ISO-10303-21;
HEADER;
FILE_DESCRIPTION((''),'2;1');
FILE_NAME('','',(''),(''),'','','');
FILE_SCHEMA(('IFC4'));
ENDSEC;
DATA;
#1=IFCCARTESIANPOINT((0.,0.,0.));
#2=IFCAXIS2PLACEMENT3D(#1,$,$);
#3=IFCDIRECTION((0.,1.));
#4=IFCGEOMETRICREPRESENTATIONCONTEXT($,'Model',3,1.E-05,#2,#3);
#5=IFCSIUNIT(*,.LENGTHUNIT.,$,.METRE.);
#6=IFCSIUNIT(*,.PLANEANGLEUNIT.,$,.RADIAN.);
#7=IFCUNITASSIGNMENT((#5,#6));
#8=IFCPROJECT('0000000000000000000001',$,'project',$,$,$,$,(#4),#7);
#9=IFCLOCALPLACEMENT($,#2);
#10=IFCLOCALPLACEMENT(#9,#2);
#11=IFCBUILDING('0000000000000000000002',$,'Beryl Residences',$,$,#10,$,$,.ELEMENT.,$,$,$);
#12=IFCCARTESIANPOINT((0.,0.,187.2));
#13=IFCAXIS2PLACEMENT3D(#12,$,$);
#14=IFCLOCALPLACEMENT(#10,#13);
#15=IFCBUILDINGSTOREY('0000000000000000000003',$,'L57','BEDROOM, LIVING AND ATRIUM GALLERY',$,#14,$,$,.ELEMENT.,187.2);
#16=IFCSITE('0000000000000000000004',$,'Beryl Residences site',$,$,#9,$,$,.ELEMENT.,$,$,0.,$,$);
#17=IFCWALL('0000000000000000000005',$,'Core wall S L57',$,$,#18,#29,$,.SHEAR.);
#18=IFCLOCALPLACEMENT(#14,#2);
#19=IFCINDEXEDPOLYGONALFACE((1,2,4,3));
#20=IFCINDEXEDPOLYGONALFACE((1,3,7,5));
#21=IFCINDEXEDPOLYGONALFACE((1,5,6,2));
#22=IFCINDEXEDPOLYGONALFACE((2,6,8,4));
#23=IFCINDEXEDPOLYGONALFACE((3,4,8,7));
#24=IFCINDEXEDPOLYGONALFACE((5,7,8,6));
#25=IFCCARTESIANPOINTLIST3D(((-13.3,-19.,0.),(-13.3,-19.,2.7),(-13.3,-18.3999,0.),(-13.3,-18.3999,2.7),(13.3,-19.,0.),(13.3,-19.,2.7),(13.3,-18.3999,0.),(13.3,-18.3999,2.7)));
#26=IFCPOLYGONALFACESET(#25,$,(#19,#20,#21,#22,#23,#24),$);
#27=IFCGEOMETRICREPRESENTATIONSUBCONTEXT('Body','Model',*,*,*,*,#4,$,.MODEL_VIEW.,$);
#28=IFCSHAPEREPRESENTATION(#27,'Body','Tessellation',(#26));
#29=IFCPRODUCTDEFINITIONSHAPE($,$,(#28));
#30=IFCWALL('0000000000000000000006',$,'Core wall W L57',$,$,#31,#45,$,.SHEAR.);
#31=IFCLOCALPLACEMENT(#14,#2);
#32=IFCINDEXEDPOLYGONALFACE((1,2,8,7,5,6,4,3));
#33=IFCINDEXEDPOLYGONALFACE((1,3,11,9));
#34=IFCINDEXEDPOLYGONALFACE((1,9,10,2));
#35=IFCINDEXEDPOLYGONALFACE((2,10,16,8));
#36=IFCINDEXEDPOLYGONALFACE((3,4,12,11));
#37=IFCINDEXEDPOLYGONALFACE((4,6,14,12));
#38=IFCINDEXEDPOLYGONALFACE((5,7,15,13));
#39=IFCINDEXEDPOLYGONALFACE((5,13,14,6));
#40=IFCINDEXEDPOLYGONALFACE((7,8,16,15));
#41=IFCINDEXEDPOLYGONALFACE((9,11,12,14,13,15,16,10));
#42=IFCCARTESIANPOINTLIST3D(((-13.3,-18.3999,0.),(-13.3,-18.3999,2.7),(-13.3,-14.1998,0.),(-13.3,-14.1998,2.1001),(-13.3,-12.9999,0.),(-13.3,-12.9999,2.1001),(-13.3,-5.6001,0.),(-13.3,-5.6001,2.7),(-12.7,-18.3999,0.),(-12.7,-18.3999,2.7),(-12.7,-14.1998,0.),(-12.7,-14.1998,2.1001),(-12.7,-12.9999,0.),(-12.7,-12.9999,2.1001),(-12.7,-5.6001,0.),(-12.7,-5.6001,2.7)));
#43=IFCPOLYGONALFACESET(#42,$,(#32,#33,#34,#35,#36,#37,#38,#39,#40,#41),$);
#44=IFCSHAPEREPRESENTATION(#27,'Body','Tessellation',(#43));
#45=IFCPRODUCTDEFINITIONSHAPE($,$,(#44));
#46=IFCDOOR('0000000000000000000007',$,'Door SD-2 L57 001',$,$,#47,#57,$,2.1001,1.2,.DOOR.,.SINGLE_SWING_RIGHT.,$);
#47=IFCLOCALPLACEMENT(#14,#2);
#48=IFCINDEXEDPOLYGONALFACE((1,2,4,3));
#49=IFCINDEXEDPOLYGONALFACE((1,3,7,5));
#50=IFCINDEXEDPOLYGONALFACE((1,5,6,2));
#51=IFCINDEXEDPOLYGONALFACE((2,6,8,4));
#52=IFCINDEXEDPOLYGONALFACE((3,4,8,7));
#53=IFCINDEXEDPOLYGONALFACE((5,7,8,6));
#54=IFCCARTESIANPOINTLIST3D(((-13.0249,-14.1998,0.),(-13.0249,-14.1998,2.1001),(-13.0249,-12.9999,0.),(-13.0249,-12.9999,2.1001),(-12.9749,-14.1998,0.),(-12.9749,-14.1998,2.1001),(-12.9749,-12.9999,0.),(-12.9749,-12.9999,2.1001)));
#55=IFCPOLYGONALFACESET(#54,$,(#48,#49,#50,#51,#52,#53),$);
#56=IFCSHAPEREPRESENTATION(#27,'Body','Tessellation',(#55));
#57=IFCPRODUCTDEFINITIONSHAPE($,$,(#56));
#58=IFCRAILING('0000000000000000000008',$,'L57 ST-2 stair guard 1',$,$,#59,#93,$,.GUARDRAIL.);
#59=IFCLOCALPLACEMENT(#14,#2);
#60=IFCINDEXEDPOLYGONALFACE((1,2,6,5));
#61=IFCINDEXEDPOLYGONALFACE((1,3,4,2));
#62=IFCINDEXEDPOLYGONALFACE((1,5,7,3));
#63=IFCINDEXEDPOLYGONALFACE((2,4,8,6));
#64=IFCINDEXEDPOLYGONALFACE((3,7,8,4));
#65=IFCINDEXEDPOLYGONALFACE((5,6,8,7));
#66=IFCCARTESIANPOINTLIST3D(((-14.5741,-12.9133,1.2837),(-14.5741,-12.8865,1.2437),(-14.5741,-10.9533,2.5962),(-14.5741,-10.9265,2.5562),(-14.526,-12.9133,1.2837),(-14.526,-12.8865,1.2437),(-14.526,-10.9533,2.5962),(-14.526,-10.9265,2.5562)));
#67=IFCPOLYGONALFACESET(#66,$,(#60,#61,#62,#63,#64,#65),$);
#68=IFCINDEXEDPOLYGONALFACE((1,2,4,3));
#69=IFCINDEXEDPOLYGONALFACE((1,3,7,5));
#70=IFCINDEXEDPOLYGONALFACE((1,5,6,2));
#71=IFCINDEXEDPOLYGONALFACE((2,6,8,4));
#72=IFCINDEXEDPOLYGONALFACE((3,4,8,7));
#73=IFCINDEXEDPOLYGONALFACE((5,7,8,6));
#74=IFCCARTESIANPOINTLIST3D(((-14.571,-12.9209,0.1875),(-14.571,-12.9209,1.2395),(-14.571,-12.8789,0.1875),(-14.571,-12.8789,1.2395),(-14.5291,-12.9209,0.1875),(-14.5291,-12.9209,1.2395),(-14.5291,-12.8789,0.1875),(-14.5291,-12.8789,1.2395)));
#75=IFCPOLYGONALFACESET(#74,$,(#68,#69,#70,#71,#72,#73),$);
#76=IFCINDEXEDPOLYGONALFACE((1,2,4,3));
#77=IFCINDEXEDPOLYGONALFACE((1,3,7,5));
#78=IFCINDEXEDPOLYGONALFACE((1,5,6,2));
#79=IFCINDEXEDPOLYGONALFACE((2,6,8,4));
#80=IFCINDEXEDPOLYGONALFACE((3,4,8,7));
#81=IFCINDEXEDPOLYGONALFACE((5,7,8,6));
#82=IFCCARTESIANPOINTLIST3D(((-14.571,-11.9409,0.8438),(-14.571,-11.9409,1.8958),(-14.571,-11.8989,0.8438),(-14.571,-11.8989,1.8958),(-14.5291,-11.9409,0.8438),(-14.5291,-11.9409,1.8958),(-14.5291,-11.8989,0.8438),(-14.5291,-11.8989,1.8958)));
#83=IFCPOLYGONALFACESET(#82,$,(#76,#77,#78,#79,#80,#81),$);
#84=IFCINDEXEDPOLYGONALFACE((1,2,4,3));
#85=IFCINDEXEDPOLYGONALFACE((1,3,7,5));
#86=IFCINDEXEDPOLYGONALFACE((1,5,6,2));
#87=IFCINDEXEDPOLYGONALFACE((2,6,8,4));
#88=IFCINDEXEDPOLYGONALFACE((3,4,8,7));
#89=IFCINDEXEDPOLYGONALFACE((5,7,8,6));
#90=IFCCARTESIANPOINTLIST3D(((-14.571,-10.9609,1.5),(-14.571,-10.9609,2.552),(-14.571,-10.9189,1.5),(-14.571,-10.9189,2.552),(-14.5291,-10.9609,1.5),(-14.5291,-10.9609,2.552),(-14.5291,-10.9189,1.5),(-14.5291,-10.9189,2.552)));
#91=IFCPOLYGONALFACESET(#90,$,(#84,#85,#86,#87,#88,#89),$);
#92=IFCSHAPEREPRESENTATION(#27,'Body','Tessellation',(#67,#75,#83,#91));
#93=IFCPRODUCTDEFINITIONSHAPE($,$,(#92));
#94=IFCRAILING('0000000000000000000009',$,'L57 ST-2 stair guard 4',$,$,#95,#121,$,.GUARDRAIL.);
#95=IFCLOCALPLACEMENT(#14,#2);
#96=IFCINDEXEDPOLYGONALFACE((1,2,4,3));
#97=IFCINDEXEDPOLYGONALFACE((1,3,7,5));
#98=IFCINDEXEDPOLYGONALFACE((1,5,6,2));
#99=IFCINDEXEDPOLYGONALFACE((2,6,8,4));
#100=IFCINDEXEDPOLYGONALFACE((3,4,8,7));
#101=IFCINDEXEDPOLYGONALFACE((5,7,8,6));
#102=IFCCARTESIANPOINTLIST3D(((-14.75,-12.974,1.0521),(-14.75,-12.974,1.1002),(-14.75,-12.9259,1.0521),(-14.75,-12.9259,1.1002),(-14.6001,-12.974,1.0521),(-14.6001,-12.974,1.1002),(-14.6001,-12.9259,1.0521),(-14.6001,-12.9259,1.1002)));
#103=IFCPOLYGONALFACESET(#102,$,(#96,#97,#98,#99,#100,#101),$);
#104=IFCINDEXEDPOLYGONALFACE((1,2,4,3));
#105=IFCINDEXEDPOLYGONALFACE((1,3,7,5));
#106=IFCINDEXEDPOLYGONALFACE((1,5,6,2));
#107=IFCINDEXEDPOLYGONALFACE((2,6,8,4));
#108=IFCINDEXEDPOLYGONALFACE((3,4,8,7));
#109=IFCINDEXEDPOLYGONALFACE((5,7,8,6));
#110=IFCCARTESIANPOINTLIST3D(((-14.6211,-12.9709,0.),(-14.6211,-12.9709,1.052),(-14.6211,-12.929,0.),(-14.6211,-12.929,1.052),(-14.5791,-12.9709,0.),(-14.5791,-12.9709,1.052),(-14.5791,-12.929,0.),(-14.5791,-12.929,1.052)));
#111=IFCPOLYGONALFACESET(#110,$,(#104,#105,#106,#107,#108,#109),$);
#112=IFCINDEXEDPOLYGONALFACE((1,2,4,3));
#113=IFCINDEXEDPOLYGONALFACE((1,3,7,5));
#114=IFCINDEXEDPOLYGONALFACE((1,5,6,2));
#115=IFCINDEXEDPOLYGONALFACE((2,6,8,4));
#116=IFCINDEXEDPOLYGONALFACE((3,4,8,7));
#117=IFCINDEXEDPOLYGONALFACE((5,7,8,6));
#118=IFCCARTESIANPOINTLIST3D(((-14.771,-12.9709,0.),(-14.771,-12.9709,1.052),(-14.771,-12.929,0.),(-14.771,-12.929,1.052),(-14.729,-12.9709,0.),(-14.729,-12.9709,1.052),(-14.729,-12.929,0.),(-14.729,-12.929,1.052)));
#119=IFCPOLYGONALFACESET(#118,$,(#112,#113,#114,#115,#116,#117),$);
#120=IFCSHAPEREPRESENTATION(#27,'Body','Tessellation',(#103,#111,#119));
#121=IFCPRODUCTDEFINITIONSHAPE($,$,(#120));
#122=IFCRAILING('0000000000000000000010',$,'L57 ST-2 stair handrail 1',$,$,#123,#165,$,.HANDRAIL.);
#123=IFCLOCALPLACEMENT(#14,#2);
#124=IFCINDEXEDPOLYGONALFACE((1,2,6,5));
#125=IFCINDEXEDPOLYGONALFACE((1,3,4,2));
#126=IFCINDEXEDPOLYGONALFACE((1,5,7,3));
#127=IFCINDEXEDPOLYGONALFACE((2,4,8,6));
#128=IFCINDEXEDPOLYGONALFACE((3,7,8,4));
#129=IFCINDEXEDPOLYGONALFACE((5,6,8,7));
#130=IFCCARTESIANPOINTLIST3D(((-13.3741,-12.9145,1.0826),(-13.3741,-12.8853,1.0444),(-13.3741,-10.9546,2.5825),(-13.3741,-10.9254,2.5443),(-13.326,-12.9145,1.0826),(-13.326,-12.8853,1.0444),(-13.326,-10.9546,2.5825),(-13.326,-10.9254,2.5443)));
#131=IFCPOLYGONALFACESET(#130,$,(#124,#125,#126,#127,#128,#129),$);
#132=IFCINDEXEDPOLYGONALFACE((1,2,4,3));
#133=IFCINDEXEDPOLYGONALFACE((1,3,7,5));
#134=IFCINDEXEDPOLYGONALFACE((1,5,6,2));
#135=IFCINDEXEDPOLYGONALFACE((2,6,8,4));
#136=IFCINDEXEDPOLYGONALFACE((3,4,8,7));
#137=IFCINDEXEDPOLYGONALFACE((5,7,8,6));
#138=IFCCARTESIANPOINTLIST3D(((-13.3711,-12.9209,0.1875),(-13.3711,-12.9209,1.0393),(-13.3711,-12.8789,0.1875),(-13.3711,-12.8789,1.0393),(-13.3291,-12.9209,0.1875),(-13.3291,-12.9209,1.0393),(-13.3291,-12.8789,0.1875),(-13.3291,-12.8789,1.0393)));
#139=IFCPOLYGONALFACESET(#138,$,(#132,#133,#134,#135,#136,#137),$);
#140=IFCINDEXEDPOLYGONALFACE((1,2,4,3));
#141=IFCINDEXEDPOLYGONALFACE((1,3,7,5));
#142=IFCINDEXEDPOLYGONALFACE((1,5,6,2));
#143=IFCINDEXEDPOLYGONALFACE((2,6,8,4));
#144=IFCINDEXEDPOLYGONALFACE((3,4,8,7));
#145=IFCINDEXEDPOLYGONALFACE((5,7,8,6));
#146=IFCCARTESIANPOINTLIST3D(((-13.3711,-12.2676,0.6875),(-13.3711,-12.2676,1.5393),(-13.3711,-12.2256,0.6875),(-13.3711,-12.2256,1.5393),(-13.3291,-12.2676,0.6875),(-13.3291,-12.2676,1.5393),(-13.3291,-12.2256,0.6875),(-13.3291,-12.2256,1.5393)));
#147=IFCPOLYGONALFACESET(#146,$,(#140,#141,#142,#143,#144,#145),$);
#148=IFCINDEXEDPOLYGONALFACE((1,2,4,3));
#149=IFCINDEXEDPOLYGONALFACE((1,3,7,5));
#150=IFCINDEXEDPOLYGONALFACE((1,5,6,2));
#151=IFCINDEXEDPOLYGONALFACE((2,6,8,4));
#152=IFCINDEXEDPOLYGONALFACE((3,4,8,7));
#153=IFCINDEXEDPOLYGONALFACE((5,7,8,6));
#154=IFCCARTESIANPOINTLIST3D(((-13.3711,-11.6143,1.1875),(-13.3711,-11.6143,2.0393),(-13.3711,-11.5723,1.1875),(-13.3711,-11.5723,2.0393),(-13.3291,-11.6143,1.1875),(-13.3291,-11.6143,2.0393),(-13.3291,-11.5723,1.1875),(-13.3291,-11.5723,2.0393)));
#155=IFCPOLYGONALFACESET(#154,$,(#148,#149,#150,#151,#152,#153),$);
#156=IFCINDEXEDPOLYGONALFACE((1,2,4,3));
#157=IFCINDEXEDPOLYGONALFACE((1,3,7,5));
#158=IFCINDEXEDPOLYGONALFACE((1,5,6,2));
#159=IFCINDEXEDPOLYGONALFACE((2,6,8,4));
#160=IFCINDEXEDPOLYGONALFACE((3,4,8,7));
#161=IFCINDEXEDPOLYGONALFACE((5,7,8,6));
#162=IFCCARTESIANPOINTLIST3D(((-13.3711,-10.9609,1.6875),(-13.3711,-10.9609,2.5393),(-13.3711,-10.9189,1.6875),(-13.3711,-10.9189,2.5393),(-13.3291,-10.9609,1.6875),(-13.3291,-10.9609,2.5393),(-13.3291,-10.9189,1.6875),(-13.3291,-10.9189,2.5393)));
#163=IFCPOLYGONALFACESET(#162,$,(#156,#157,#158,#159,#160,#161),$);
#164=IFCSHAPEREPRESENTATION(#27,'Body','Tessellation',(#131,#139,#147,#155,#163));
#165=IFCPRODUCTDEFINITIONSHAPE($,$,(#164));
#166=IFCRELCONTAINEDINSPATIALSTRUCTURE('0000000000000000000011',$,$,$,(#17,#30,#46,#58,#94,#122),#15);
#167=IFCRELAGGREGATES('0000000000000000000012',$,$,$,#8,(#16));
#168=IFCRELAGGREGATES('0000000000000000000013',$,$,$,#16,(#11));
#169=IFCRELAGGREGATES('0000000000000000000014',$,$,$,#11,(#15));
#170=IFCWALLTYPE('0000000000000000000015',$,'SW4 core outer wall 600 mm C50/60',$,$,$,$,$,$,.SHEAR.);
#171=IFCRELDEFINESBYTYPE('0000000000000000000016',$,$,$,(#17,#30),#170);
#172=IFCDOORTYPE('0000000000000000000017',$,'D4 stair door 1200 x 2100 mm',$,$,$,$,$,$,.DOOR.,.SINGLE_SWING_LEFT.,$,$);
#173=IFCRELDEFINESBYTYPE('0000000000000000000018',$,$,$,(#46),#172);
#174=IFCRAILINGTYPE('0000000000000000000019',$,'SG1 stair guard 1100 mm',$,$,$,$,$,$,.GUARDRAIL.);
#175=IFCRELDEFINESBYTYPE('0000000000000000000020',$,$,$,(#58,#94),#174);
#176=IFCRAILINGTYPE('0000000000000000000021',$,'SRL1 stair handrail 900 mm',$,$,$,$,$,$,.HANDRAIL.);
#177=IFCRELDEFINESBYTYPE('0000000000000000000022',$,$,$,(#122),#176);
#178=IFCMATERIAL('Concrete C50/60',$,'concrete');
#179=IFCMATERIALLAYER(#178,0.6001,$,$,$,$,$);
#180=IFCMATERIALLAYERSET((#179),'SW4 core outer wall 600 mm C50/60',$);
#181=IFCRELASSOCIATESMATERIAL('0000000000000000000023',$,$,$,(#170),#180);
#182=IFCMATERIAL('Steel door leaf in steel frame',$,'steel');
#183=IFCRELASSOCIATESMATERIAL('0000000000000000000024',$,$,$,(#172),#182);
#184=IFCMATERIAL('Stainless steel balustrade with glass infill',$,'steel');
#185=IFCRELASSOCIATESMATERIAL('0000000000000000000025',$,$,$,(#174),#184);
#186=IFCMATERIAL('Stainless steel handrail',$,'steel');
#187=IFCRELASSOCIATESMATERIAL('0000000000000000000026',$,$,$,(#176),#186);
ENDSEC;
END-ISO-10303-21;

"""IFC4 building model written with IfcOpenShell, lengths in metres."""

from ifc_helpers import new_model, si_unit, direction, frame, frame_2d, origin, origin_2d, place, context, subcontext, project, spatial, rectangle, extrude, material, layer, layer_set, type_object, element, fill, save


model = new_model("IFC4")

# Units and contexts
model_context = context("Model", 3, precision=1e-05, world=origin(), true_north=direction((0.0, 1.0)))
body_context = subcontext(model_context, "Body", "Model", "MODEL_VIEW")
ifc_project = project(units=[si_unit("LENGTHUNIT", "METRE"), si_unit("PLANEANGLEUNIT", "RADIAN")], contexts=[model_context])

# Site, building, storey
site_placement = place(None, origin())
site = spatial("IfcSite", under=ifc_project, at=site_placement, Name="Beryl Residences site", CompositionType="ELEMENT", RefElevation=0.0)
building_placement = place(site_placement, origin())
building = spatial("IfcBuilding", under=site, at=building_placement, Name="Beryl Residences", CompositionType="ELEMENT")
storey_placement = place(building_placement, frame((0.0, 0.0, 187.2)))
storey = spatial("IfcBuildingStorey", under=building, at=storey_placement, Name="L57", Description="BEDROOM, LIVING AND ATRIUM GALLERY", CompositionType="ELEMENT", Elevation=187.2)

# Wall
ifc_material_1 = material(Name="Concrete C50/60", Category="concrete")
ifc_layer_1 = layer(ifc_material_1, 0.6001)
ifc_layer_set_1 = layer_set([ifc_layer_1], Name="SW4 core outer wall 600 mm C50/60")
wall_type_1 = type_object("IfcWallType", Name="SW4 core outer wall 600 mm C50/60", PredefinedType="SHEAR", material=ifc_layer_set_1)
wall_1_placement = place(storey_placement, frame((-13.3, -18.7, 0.0), z_axis=(0.0, 0.0, 1.0), x_axis=(1.0, 0.0, 0.0)))
element("IfcWall", 1, at=wall_1_placement, inside=storey, type_object=wall_type_1, Name="Core wall S L57", PredefinedType="SHEAR", context=body_context, shape_type="SweptSolid", body=[
    extrude(rectangle(XDim=26.6001, YDim=0.6001, at=frame_2d((13.3, 0.0))), origin(), (0.0, 0.0, 1.0), 2.7),
])

# Wall, opening, door
wall_2_placement = place(storey_placement, frame((-13.0, -18.3999, 0.0), z_axis=(0.0, 0.0, 1.0), x_axis=(0.0, 1.0, 0.0)))
wall_2 = element("IfcWall", 2, at=wall_2_placement, inside=storey, type_object=wall_type_1, Name="Core wall W L57", PredefinedType="SHEAR", context=body_context, shape_type="SweptSolid", body=[
    extrude(rectangle(XDim=12.7998, YDim=0.6001, at=frame_2d((6.3999, 0.0))), origin(), (0.0, 0.0, 1.0), 2.7),
])
opening_1_placement = place(wall_2_placement, frame((4.2, 0.0, 0.0)))
opening_1 = element("IfcOpeningElement", 3, at=opening_1_placement, cuts=wall_2, PredefinedType="OPENING", context=body_context, shape_type="SweptSolid", body=[
    extrude(rectangle(XDim=1.2, YDim=2.1001, at=frame_2d((0.6001, 1.05))), frame((0.0, 0.3101, 0.0), z_axis=(0.0, -1.0, 0.0), x_axis=(1.0, 0.0, 0.0)), (0.0, 0.0, 1.0), 0.6201),
])
ifc_material_2 = material(Name="Steel door leaf in steel frame", Category="steel")
door_type_1 = type_object("IfcDoorType", Name="D4 stair door 1200 x 2100 mm", OperationType="SINGLE_SWING_LEFT", PredefinedType="DOOR", material=ifc_material_2)
door_1_placement = place(opening_1_placement, origin())
door_1 = element("IfcDoor", 4, at=door_1_placement, inside=storey, type_object=door_type_1, Name="Door SD-2 L57 001", OperationType="SINGLE_SWING_RIGHT", OverallHeight=2.1001, OverallWidth=1.2, PredefinedType="DOOR", context=body_context, shape_type="SweptSolid", body=[
    extrude(rectangle(XDim=1.2, YDim=2.1001, at=frame_2d((0.6001, 1.05))), frame((0.0, 0.0249, 0.0), z_axis=(0.0, -1.0, 0.0), x_axis=(1.0, 0.0, 0.0)), (0.0, 0.0, 1.0), 0.05),
])
fill(opening_1, door_1)

# Railings
ifc_material_3 = material(Name="Stainless steel balustrade with glass infill", Category="steel")
railing_type_1 = type_object("IfcRailingType", Name="SG1 stair guard 1100 mm", PredefinedType="GUARDRAIL", material=ifc_material_3)
railing_1_placement = place(storey_placement, frame((-14.55, -12.8999, 0.1875)))
element("IfcRailing", 5, at=railing_1_placement, inside=storey, type_object=railing_type_1, Name="L57 ST-2 stair guard 1", PredefinedType="GUARDRAIL", context=body_context, shape_type="SweptSolid", body=[
    extrude(rectangle(XDim=0.0481, YDim=0.0481, at=origin_2d()), frame((0.0, 0.0, 1.0762), z_axis=(0.0, 0.830902, 0.556419), x_axis=(-1.0, 0.0, 0.0)), (0.0, 0.0, 1.0), 2.3589),
    extrude(rectangle(XDim=0.042, YDim=0.042, at=origin_2d()), origin(), (0.0, 0.0, 1.0), 1.052),
    extrude(rectangle(XDim=0.042, YDim=0.042, at=origin_2d()), frame((0.0, 0.98, 0.6562)), (0.0, 0.0, 1.0), 1.052),
    extrude(rectangle(XDim=0.042, YDim=0.042, at=origin_2d()), frame((0.0, 1.96, 1.3125)), (0.0, 0.0, 1.0), 1.052),
])
railing_2_placement = place(storey_placement, frame((-14.6001, -12.95, 0.0)))
element("IfcRailing", 6, at=railing_2_placement, inside=storey, type_object=railing_type_1, Name="L57 ST-2 stair guard 4", PredefinedType="GUARDRAIL", context=body_context, shape_type="SweptSolid", body=[
    extrude(rectangle(XDim=0.0481, YDim=0.0481, at=origin_2d()), frame((0.0, 0.0, 1.0762), z_axis=(-1.0, 0.0, 0.0), x_axis=(0.0, -1.0, 0.0)), (0.0, 0.0, 1.0), 0.1499),
    extrude(rectangle(XDim=0.042, YDim=0.042, at=origin_2d()), origin(), (0.0, 0.0, 1.0), 1.052),
    extrude(rectangle(XDim=0.042, YDim=0.042, at=origin_2d()), frame((-0.1499, 0.0, 0.0)), (0.0, 0.0, 1.0), 1.052),
])
ifc_material_4 = material(Name="Stainless steel handrail", Category="steel")
railing_type_2 = type_object("IfcRailingType", Name="SRL1 stair handrail 900 mm", PredefinedType="HANDRAIL", material=ifc_material_4)
railing_3_placement = place(storey_placement, frame((-13.3501, -12.8999, 0.1875)))
element("IfcRailing", 7, at=railing_3_placement, inside=storey, type_object=railing_type_2, Name="L57 ST-2 stair handrail 1", PredefinedType="HANDRAIL", context=body_context, shape_type="SweptSolid", body=[
    extrude(rectangle(XDim=0.0481, YDim=0.0481, at=origin_2d()), frame((0.0, 0.0, 0.876), z_axis=(0.0, 0.794122, 0.607758), x_axis=(-1.0, 0.0, 0.0)), (0.0, 0.0, 1.0), 2.468),
    extrude(rectangle(XDim=0.042, YDim=0.042, at=origin_2d()), origin(), (0.0, 0.0, 1.0), 0.8518),
    extrude(rectangle(XDim=0.042, YDim=0.042, at=origin_2d()), frame((0.0, 0.6533, 0.5)), (0.0, 0.0, 1.0), 0.8518),
    extrude(rectangle(XDim=0.042, YDim=0.042, at=origin_2d()), frame((0.0, 1.3066, 1.0)), (0.0, 0.0, 1.0), 0.8518),
    extrude(rectangle(XDim=0.042, YDim=0.042, at=origin_2d()), frame((0.0, 1.96, 1.5)), (0.0, 0.0, 1.0), 0.8518),
])

save(model, "model.ifc")
